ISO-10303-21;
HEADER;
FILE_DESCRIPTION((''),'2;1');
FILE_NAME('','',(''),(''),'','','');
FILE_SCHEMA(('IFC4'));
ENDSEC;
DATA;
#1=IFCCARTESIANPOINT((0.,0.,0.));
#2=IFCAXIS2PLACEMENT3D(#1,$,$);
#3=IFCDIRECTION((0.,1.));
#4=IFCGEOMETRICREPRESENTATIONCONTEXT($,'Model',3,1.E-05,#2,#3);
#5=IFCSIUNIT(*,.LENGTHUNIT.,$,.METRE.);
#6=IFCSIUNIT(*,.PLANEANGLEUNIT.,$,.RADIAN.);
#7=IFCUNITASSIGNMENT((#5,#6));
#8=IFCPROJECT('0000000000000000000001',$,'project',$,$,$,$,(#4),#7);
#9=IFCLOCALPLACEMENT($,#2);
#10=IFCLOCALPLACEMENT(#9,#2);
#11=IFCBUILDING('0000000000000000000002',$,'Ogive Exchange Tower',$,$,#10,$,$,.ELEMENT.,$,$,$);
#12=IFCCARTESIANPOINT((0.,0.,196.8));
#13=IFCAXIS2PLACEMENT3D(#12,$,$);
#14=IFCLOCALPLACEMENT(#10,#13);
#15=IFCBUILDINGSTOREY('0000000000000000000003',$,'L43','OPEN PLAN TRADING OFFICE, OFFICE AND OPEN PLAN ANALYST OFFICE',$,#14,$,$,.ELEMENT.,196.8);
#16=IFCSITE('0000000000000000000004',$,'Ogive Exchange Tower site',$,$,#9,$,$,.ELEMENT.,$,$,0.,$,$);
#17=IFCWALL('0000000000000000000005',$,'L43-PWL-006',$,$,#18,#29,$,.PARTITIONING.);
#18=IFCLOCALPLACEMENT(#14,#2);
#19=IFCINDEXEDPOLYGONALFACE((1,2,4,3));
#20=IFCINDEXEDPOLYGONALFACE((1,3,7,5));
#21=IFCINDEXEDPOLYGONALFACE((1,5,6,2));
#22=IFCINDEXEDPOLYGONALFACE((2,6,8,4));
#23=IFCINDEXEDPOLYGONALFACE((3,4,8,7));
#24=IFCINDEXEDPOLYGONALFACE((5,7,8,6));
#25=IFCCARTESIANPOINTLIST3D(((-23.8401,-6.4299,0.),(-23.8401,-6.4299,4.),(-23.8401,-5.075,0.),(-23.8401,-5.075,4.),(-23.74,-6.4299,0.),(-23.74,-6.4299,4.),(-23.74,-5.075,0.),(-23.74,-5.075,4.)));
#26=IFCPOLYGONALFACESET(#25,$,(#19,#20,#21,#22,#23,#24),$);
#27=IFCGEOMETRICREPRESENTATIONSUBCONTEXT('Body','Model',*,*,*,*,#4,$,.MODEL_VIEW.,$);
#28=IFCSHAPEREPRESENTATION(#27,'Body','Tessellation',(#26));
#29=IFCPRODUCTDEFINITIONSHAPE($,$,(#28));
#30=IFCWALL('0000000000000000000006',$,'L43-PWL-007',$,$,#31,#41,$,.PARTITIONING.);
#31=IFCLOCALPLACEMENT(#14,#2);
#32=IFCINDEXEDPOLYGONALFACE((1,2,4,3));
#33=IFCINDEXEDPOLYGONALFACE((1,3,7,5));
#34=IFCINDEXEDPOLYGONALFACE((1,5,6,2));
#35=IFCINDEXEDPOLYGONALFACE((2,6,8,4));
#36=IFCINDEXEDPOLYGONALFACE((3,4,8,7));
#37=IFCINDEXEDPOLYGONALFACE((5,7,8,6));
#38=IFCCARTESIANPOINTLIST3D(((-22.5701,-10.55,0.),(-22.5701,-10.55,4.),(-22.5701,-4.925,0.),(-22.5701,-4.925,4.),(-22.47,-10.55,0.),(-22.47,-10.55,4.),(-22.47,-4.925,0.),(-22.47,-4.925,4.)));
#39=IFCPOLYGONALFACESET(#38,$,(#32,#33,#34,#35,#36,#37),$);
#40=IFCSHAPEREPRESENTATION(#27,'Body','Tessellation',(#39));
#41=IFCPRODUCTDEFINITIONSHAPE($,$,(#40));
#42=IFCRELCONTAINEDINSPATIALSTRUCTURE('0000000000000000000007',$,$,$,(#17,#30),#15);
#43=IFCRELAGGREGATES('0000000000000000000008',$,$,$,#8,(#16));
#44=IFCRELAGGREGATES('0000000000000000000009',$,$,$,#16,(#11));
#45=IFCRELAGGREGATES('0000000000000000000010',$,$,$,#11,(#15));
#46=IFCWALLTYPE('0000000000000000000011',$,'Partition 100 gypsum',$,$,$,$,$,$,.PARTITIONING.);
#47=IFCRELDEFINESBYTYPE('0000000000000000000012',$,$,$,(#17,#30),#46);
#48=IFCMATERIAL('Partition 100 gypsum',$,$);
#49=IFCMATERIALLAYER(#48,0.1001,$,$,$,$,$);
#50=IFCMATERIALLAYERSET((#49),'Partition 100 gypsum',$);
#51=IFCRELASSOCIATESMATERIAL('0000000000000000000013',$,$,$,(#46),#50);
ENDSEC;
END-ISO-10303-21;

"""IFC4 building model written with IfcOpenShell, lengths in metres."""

from ifc_helpers import new_model, si_unit, direction, frame, frame_2d, origin, place, context, subcontext, project, spatial, rectangle, extrude, material, layer, layer_set, type_object, element, save


model = new_model("IFC4")

# Units and contexts
model_context = context("Model", 3, precision=1e-05, world=origin(), true_north=direction((0.0, 1.0)))
body_context = subcontext(model_context, "Body", "Model", "MODEL_VIEW")
ifc_project = project(units=[si_unit("LENGTHUNIT", "METRE"), si_unit("PLANEANGLEUNIT", "RADIAN")], contexts=[model_context])

# Site, building, storey
site_placement = place(None, origin())
site = spatial("IfcSite", under=ifc_project, at=site_placement, Name="Ogive Exchange Tower site", CompositionType="ELEMENT", RefElevation=0.0)
building_placement = place(site_placement, origin())
building = spatial("IfcBuilding", under=site, at=building_placement, Name="Ogive Exchange Tower", CompositionType="ELEMENT")
storey_placement = place(building_placement, frame((0.0, 0.0, 196.8)))
storey = spatial("IfcBuildingStorey", under=building, at=storey_placement, Name="L43", Description="OPEN PLAN TRADING OFFICE, OFFICE AND OPEN PLAN ANALYST OFFICE", CompositionType="ELEMENT", Elevation=196.8)

# Walls
ifc_material_1 = material(Name="Partition 100 gypsum")
ifc_layer_1 = layer(ifc_material_1, 0.1001)
ifc_layer_set_1 = layer_set([ifc_layer_1], Name="Partition 100 gypsum")
wall_type_1 = type_object("IfcWallType", Name="Partition 100 gypsum", PredefinedType="PARTITIONING", material=ifc_layer_set_1)
wall_1_placement = place(storey_placement, frame((-23.79, -5.075, 0.0), z_axis=(0.0, 0.0, 1.0), x_axis=(0.0, -1.0, 0.0)))
element("IfcWall", 1, at=wall_1_placement, inside=storey, type_object=wall_type_1, Name="L43-PWL-006", PredefinedType="PARTITIONING", context=body_context, shape_type="SweptSolid", body=[
    extrude(rectangle(XDim=1.355, YDim=0.1001, at=frame_2d((0.6775, 0.0))), origin(), (0.0, 0.0, 1.0), 4.0),
])
wall_2_placement = place(storey_placement, frame((-22.52, -10.55, 0.0), z_axis=(0.0, 0.0, 1.0), x_axis=(0.0, 1.0, 0.0)))
element("IfcWall", 2, at=wall_2_placement, inside=storey, type_object=wall_type_1, Name="L43-PWL-007", PredefinedType="PARTITIONING", context=body_context, shape_type="SweptSolid", body=[
    extrude(rectangle(XDim=5.625, YDim=0.1001, at=frame_2d((2.8125, 0.0))), origin(), (0.0, 0.0, 1.0), 4.0),
])

save(model, "model.ifc")
